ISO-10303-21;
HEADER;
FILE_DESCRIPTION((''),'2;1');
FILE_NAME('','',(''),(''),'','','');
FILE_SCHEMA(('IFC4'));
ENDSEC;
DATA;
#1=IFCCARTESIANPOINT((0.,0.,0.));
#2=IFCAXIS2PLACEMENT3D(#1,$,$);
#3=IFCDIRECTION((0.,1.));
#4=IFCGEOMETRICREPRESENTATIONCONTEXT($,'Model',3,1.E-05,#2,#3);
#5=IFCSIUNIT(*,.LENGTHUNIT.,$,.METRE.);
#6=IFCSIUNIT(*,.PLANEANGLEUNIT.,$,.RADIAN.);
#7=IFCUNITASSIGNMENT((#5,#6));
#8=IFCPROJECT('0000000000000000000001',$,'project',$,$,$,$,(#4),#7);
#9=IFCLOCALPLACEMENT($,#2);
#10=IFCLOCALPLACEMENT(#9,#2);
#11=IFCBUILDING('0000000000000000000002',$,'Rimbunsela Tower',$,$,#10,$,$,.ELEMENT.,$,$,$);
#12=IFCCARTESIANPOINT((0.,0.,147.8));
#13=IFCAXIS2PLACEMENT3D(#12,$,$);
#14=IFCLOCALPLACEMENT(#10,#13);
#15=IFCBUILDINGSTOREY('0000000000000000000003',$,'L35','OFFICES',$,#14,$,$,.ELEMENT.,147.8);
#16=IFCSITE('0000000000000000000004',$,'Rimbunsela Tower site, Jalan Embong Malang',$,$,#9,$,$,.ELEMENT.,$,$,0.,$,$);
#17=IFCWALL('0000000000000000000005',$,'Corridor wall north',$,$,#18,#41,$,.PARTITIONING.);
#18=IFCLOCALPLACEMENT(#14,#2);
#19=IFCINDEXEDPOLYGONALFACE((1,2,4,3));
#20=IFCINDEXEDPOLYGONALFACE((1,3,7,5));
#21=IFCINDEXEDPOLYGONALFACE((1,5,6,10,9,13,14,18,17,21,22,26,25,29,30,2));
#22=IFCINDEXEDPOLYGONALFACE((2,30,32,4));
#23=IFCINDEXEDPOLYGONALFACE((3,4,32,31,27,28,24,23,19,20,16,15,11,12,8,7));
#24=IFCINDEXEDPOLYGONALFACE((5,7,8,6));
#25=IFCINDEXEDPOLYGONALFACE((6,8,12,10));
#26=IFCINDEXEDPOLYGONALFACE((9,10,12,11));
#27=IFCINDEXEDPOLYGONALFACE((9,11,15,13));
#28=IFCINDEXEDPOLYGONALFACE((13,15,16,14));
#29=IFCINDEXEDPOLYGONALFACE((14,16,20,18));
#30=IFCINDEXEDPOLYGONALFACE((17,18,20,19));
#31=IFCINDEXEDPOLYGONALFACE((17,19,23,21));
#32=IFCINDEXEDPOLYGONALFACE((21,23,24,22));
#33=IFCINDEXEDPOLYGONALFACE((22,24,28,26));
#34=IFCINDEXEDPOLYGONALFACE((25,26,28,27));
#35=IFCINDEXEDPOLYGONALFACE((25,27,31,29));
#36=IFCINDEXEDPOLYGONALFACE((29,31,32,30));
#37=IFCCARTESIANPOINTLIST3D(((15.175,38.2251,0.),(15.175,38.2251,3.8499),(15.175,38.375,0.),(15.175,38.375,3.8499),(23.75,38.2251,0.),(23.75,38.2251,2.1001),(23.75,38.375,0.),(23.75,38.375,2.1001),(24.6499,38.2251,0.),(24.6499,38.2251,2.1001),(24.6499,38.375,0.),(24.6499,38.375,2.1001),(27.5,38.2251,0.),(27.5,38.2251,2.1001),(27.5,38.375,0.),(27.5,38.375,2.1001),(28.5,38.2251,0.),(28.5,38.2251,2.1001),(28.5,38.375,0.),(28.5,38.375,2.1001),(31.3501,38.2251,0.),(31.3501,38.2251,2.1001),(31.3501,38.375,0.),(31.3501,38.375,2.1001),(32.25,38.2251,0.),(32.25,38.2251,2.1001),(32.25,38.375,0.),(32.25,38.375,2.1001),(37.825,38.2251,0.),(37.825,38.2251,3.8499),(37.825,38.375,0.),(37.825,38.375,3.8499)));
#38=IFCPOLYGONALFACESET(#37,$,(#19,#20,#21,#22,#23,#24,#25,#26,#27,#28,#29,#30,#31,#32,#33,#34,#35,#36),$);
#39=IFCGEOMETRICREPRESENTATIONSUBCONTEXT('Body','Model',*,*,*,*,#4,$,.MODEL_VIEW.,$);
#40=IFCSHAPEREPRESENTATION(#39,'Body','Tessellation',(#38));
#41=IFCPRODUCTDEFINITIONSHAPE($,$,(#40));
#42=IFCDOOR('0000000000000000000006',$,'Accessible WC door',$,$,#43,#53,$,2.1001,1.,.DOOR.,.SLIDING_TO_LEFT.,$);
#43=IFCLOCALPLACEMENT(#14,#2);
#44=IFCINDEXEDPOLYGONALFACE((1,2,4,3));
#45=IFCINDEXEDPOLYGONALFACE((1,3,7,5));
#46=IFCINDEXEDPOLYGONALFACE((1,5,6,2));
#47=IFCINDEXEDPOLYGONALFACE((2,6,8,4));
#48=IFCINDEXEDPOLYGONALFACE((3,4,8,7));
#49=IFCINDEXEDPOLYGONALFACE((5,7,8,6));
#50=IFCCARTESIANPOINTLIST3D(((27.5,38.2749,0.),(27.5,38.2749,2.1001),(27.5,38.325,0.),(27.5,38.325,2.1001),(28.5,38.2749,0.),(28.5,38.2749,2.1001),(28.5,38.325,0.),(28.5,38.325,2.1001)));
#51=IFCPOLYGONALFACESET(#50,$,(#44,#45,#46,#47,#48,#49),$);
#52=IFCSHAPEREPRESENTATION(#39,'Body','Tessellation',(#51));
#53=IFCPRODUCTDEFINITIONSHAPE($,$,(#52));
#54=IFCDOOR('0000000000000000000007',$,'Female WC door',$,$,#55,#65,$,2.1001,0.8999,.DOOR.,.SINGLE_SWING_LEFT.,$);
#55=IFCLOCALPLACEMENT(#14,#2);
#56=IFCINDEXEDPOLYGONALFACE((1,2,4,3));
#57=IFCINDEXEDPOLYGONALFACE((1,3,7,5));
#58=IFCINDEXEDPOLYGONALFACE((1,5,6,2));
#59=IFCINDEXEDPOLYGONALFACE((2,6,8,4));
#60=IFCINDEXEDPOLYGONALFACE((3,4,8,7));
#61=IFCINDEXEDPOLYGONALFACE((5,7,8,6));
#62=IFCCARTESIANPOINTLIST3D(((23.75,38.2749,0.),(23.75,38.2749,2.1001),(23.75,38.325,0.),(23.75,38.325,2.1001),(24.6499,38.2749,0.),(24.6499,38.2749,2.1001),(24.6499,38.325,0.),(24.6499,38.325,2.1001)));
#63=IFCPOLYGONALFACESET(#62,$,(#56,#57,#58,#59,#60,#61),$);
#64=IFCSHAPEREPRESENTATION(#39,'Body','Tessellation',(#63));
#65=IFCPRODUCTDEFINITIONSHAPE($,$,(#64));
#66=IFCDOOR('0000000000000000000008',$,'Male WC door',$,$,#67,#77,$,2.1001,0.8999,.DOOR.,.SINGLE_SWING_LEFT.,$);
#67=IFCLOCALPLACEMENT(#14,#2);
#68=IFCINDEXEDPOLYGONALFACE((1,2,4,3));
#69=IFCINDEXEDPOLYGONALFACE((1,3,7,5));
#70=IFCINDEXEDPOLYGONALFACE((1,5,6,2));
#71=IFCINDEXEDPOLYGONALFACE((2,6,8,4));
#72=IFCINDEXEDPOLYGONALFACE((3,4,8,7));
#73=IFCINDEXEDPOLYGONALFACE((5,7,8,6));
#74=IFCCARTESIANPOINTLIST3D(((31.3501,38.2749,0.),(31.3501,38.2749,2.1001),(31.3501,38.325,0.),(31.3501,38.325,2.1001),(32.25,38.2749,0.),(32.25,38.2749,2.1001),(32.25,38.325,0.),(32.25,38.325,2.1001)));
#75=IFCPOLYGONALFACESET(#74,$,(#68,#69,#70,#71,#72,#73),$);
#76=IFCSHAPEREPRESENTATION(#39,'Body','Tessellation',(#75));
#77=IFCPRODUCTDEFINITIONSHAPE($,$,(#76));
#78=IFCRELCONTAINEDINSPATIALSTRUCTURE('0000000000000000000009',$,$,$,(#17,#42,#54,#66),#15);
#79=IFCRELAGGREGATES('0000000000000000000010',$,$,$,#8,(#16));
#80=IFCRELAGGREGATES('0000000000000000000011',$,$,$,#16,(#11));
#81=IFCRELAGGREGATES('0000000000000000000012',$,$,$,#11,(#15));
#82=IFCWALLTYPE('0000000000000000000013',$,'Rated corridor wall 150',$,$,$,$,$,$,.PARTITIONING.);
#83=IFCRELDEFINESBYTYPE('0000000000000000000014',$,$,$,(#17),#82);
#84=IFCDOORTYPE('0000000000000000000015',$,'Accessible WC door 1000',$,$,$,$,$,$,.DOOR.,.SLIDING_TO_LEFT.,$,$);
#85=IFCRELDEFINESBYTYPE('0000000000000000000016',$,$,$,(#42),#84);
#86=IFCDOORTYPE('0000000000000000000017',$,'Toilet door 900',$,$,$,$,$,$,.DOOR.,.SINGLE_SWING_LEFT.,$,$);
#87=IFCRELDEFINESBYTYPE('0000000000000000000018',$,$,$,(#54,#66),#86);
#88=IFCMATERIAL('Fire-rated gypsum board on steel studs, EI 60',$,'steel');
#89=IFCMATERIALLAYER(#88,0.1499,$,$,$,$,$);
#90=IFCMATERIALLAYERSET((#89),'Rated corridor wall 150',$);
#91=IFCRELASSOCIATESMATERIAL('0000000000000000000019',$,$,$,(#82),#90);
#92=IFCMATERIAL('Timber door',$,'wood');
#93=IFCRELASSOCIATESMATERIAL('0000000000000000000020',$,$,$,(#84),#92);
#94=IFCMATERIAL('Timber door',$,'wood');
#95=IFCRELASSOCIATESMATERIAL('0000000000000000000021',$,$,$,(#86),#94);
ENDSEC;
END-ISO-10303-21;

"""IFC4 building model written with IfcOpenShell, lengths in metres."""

from ifc_helpers import new_model, si_unit, direction, frame, frame_2d, origin, place, context, subcontext, project, spatial, rectangle, extrude, material, layer, layer_set, type_object, element, fill, save


model = new_model("IFC4")

# Units and contexts
model_context = context("Model", 3, precision=1e-05, world=origin(), true_north=direction((0.0, 1.0)))
body_context = subcontext(model_context, "Body", "Model", "MODEL_VIEW")
ifc_project = project(units=[si_unit("LENGTHUNIT", "METRE"), si_unit("PLANEANGLEUNIT", "RADIAN")], contexts=[model_context])

# Site, building, storey
site_placement = place(None, origin())
site = spatial("IfcSite", under=ifc_project, at=site_placement, Name="Rimbunsela Tower site, Jalan Embong Malang", CompositionType="ELEMENT", RefElevation=0.0)
building_placement = place(site_placement, origin())
building = spatial("IfcBuilding", under=site, at=building_placement, Name="Rimbunsela Tower", CompositionType="ELEMENT")
storey_placement = place(building_placement, frame((0.0, 0.0, 147.8)))
storey = spatial("IfcBuildingStorey", under=building, at=storey_placement, Name="L35", Description="OFFICES", CompositionType="ELEMENT", Elevation=147.8)

# Wall, openings, doors
ifc_material_1 = material(Name="Fire-rated gypsum board on steel studs, EI 60", Category="steel")
ifc_layer_1 = layer(ifc_material_1, 0.1499)
ifc_layer_set_1 = layer_set([ifc_layer_1], Name="Rated corridor wall 150")
wall_type_1 = type_object("IfcWallType", Name="Rated corridor wall 150", PredefinedType="PARTITIONING", material=ifc_layer_set_1)
wall_1_placement = place(storey_placement, frame((15.175, 38.3, 0.0), z_axis=(0.0, 0.0, 1.0), x_axis=(1.0, 0.0, 0.0)))
wall_1 = element("IfcWall", 1, at=wall_1_placement, inside=storey, type_object=wall_type_1, Name="Corridor wall north", PredefinedType="PARTITIONING", context=body_context, shape_type="SweptSolid", body=[
    extrude(rectangle(XDim=22.6499, YDim=0.1499, at=frame_2d((11.325, 0.0))), origin(), (0.0, 0.0, 1.0), 3.8499),
])
opening_1_placement = place(wall_1_placement, frame((8.575, 0.0, 0.0)))
opening_1 = element("IfcOpeningElement", 2, at=opening_1_placement, cuts=wall_1, PredefinedType="OPENING", context=body_context, shape_type="SweptSolid", body=[
    extrude(rectangle(XDim=0.8999, YDim=2.1001, at=frame_2d((0.45, 1.05))), frame((0.0, 0.085, 0.0), z_axis=(0.0, -1.0, 0.0), x_axis=(1.0, 0.0, 0.0)), (0.0, 0.0, 1.0), 0.1699),
])
opening_2_placement = place(wall_1_placement, frame((12.325, 0.0, 0.0)))
opening_2 = element("IfcOpeningElement", 3, at=opening_2_placement, cuts=wall_1, PredefinedType="OPENING", context=body_context, shape_type="SweptSolid", body=[
    extrude(rectangle(XDim=1.0, YDim=2.1001, at=frame_2d((0.5, 1.05))), frame((0.0, 0.085, 0.0), z_axis=(0.0, -1.0, 0.0), x_axis=(1.0, 0.0, 0.0)), (0.0, 0.0, 1.0), 0.1699),
])
opening_3_placement = place(wall_1_placement, frame((16.175, 0.0, 0.0)))
opening_3 = element("IfcOpeningElement", 4, at=opening_3_placement, cuts=wall_1, PredefinedType="OPENING", context=body_context, shape_type="SweptSolid", body=[
    extrude(rectangle(XDim=0.8999, YDim=2.1001, at=frame_2d((0.45, 1.05))), frame((0.0, 0.085, 0.0), z_axis=(0.0, -1.0, 0.0), x_axis=(1.0, 0.0, 0.0)), (0.0, 0.0, 1.0), 0.1699),
])
ifc_material_2 = material(Name="Timber door", Category="wood")
door_type_1 = type_object("IfcDoorType", Name="Accessible WC door 1000", OperationType="SLIDING_TO_LEFT", PredefinedType="DOOR", material=ifc_material_2)
door_1_placement = place(opening_2_placement, origin())
door_1 = element("IfcDoor", 5, at=door_1_placement, inside=storey, type_object=door_type_1, Name="Accessible WC door", OperationType="SLIDING_TO_LEFT", OverallHeight=2.1001, OverallWidth=1.0, PredefinedType="DOOR", context=body_context, shape_type="SweptSolid", body=[
    extrude(rectangle(XDim=1.0, YDim=2.1001, at=frame_2d((0.5, 1.05))), frame((0.0, 0.0249, 0.0), z_axis=(0.0, -1.0, 0.0), x_axis=(1.0, 0.0, 0.0)), (0.0, 0.0, 1.0), 0.05),
])
fill(opening_2, door_1)
ifc_material_3 = material(Name="Timber door", Category="wood")
door_type_2 = type_object("IfcDoorType", Name="Toilet door 900", OperationType="SINGLE_SWING_LEFT", PredefinedType="DOOR", material=ifc_material_3)
door_2_placement = place(opening_1_placement, origin())
door_2 = element("IfcDoor", 6, at=door_2_placement, inside=storey, type_object=door_type_2, Name="Female WC door", OperationType="SINGLE_SWING_LEFT", OverallHeight=2.1001, OverallWidth=0.8999, PredefinedType="DOOR", context=body_context, shape_type="SweptSolid", body=[
    extrude(rectangle(XDim=0.8999, YDim=2.1001, at=frame_2d((0.45, 1.05))), frame((0.0, 0.0249, 0.0), z_axis=(0.0, -1.0, 0.0), x_axis=(1.0, 0.0, 0.0)), (0.0, 0.0, 1.0), 0.05),
])
fill(opening_1, door_2)
door_3_placement = place(opening_3_placement, origin())
door_3 = element("IfcDoor", 7, at=door_3_placement, inside=storey, type_object=door_type_2, Name="Male WC door", OperationType="SINGLE_SWING_LEFT", OverallHeight=2.1001, OverallWidth=0.8999, PredefinedType="DOOR", context=body_context, shape_type="SweptSolid", body=[
    extrude(rectangle(XDim=0.8999, YDim=2.1001, at=frame_2d((0.45, 1.05))), frame((0.0, 0.0249, 0.0), z_axis=(0.0, -1.0, 0.0), x_axis=(1.0, 0.0, 0.0)), (0.0, 0.0, 1.0), 0.05),
])
fill(opening_3, door_3)

save(model, "model.ifc")
